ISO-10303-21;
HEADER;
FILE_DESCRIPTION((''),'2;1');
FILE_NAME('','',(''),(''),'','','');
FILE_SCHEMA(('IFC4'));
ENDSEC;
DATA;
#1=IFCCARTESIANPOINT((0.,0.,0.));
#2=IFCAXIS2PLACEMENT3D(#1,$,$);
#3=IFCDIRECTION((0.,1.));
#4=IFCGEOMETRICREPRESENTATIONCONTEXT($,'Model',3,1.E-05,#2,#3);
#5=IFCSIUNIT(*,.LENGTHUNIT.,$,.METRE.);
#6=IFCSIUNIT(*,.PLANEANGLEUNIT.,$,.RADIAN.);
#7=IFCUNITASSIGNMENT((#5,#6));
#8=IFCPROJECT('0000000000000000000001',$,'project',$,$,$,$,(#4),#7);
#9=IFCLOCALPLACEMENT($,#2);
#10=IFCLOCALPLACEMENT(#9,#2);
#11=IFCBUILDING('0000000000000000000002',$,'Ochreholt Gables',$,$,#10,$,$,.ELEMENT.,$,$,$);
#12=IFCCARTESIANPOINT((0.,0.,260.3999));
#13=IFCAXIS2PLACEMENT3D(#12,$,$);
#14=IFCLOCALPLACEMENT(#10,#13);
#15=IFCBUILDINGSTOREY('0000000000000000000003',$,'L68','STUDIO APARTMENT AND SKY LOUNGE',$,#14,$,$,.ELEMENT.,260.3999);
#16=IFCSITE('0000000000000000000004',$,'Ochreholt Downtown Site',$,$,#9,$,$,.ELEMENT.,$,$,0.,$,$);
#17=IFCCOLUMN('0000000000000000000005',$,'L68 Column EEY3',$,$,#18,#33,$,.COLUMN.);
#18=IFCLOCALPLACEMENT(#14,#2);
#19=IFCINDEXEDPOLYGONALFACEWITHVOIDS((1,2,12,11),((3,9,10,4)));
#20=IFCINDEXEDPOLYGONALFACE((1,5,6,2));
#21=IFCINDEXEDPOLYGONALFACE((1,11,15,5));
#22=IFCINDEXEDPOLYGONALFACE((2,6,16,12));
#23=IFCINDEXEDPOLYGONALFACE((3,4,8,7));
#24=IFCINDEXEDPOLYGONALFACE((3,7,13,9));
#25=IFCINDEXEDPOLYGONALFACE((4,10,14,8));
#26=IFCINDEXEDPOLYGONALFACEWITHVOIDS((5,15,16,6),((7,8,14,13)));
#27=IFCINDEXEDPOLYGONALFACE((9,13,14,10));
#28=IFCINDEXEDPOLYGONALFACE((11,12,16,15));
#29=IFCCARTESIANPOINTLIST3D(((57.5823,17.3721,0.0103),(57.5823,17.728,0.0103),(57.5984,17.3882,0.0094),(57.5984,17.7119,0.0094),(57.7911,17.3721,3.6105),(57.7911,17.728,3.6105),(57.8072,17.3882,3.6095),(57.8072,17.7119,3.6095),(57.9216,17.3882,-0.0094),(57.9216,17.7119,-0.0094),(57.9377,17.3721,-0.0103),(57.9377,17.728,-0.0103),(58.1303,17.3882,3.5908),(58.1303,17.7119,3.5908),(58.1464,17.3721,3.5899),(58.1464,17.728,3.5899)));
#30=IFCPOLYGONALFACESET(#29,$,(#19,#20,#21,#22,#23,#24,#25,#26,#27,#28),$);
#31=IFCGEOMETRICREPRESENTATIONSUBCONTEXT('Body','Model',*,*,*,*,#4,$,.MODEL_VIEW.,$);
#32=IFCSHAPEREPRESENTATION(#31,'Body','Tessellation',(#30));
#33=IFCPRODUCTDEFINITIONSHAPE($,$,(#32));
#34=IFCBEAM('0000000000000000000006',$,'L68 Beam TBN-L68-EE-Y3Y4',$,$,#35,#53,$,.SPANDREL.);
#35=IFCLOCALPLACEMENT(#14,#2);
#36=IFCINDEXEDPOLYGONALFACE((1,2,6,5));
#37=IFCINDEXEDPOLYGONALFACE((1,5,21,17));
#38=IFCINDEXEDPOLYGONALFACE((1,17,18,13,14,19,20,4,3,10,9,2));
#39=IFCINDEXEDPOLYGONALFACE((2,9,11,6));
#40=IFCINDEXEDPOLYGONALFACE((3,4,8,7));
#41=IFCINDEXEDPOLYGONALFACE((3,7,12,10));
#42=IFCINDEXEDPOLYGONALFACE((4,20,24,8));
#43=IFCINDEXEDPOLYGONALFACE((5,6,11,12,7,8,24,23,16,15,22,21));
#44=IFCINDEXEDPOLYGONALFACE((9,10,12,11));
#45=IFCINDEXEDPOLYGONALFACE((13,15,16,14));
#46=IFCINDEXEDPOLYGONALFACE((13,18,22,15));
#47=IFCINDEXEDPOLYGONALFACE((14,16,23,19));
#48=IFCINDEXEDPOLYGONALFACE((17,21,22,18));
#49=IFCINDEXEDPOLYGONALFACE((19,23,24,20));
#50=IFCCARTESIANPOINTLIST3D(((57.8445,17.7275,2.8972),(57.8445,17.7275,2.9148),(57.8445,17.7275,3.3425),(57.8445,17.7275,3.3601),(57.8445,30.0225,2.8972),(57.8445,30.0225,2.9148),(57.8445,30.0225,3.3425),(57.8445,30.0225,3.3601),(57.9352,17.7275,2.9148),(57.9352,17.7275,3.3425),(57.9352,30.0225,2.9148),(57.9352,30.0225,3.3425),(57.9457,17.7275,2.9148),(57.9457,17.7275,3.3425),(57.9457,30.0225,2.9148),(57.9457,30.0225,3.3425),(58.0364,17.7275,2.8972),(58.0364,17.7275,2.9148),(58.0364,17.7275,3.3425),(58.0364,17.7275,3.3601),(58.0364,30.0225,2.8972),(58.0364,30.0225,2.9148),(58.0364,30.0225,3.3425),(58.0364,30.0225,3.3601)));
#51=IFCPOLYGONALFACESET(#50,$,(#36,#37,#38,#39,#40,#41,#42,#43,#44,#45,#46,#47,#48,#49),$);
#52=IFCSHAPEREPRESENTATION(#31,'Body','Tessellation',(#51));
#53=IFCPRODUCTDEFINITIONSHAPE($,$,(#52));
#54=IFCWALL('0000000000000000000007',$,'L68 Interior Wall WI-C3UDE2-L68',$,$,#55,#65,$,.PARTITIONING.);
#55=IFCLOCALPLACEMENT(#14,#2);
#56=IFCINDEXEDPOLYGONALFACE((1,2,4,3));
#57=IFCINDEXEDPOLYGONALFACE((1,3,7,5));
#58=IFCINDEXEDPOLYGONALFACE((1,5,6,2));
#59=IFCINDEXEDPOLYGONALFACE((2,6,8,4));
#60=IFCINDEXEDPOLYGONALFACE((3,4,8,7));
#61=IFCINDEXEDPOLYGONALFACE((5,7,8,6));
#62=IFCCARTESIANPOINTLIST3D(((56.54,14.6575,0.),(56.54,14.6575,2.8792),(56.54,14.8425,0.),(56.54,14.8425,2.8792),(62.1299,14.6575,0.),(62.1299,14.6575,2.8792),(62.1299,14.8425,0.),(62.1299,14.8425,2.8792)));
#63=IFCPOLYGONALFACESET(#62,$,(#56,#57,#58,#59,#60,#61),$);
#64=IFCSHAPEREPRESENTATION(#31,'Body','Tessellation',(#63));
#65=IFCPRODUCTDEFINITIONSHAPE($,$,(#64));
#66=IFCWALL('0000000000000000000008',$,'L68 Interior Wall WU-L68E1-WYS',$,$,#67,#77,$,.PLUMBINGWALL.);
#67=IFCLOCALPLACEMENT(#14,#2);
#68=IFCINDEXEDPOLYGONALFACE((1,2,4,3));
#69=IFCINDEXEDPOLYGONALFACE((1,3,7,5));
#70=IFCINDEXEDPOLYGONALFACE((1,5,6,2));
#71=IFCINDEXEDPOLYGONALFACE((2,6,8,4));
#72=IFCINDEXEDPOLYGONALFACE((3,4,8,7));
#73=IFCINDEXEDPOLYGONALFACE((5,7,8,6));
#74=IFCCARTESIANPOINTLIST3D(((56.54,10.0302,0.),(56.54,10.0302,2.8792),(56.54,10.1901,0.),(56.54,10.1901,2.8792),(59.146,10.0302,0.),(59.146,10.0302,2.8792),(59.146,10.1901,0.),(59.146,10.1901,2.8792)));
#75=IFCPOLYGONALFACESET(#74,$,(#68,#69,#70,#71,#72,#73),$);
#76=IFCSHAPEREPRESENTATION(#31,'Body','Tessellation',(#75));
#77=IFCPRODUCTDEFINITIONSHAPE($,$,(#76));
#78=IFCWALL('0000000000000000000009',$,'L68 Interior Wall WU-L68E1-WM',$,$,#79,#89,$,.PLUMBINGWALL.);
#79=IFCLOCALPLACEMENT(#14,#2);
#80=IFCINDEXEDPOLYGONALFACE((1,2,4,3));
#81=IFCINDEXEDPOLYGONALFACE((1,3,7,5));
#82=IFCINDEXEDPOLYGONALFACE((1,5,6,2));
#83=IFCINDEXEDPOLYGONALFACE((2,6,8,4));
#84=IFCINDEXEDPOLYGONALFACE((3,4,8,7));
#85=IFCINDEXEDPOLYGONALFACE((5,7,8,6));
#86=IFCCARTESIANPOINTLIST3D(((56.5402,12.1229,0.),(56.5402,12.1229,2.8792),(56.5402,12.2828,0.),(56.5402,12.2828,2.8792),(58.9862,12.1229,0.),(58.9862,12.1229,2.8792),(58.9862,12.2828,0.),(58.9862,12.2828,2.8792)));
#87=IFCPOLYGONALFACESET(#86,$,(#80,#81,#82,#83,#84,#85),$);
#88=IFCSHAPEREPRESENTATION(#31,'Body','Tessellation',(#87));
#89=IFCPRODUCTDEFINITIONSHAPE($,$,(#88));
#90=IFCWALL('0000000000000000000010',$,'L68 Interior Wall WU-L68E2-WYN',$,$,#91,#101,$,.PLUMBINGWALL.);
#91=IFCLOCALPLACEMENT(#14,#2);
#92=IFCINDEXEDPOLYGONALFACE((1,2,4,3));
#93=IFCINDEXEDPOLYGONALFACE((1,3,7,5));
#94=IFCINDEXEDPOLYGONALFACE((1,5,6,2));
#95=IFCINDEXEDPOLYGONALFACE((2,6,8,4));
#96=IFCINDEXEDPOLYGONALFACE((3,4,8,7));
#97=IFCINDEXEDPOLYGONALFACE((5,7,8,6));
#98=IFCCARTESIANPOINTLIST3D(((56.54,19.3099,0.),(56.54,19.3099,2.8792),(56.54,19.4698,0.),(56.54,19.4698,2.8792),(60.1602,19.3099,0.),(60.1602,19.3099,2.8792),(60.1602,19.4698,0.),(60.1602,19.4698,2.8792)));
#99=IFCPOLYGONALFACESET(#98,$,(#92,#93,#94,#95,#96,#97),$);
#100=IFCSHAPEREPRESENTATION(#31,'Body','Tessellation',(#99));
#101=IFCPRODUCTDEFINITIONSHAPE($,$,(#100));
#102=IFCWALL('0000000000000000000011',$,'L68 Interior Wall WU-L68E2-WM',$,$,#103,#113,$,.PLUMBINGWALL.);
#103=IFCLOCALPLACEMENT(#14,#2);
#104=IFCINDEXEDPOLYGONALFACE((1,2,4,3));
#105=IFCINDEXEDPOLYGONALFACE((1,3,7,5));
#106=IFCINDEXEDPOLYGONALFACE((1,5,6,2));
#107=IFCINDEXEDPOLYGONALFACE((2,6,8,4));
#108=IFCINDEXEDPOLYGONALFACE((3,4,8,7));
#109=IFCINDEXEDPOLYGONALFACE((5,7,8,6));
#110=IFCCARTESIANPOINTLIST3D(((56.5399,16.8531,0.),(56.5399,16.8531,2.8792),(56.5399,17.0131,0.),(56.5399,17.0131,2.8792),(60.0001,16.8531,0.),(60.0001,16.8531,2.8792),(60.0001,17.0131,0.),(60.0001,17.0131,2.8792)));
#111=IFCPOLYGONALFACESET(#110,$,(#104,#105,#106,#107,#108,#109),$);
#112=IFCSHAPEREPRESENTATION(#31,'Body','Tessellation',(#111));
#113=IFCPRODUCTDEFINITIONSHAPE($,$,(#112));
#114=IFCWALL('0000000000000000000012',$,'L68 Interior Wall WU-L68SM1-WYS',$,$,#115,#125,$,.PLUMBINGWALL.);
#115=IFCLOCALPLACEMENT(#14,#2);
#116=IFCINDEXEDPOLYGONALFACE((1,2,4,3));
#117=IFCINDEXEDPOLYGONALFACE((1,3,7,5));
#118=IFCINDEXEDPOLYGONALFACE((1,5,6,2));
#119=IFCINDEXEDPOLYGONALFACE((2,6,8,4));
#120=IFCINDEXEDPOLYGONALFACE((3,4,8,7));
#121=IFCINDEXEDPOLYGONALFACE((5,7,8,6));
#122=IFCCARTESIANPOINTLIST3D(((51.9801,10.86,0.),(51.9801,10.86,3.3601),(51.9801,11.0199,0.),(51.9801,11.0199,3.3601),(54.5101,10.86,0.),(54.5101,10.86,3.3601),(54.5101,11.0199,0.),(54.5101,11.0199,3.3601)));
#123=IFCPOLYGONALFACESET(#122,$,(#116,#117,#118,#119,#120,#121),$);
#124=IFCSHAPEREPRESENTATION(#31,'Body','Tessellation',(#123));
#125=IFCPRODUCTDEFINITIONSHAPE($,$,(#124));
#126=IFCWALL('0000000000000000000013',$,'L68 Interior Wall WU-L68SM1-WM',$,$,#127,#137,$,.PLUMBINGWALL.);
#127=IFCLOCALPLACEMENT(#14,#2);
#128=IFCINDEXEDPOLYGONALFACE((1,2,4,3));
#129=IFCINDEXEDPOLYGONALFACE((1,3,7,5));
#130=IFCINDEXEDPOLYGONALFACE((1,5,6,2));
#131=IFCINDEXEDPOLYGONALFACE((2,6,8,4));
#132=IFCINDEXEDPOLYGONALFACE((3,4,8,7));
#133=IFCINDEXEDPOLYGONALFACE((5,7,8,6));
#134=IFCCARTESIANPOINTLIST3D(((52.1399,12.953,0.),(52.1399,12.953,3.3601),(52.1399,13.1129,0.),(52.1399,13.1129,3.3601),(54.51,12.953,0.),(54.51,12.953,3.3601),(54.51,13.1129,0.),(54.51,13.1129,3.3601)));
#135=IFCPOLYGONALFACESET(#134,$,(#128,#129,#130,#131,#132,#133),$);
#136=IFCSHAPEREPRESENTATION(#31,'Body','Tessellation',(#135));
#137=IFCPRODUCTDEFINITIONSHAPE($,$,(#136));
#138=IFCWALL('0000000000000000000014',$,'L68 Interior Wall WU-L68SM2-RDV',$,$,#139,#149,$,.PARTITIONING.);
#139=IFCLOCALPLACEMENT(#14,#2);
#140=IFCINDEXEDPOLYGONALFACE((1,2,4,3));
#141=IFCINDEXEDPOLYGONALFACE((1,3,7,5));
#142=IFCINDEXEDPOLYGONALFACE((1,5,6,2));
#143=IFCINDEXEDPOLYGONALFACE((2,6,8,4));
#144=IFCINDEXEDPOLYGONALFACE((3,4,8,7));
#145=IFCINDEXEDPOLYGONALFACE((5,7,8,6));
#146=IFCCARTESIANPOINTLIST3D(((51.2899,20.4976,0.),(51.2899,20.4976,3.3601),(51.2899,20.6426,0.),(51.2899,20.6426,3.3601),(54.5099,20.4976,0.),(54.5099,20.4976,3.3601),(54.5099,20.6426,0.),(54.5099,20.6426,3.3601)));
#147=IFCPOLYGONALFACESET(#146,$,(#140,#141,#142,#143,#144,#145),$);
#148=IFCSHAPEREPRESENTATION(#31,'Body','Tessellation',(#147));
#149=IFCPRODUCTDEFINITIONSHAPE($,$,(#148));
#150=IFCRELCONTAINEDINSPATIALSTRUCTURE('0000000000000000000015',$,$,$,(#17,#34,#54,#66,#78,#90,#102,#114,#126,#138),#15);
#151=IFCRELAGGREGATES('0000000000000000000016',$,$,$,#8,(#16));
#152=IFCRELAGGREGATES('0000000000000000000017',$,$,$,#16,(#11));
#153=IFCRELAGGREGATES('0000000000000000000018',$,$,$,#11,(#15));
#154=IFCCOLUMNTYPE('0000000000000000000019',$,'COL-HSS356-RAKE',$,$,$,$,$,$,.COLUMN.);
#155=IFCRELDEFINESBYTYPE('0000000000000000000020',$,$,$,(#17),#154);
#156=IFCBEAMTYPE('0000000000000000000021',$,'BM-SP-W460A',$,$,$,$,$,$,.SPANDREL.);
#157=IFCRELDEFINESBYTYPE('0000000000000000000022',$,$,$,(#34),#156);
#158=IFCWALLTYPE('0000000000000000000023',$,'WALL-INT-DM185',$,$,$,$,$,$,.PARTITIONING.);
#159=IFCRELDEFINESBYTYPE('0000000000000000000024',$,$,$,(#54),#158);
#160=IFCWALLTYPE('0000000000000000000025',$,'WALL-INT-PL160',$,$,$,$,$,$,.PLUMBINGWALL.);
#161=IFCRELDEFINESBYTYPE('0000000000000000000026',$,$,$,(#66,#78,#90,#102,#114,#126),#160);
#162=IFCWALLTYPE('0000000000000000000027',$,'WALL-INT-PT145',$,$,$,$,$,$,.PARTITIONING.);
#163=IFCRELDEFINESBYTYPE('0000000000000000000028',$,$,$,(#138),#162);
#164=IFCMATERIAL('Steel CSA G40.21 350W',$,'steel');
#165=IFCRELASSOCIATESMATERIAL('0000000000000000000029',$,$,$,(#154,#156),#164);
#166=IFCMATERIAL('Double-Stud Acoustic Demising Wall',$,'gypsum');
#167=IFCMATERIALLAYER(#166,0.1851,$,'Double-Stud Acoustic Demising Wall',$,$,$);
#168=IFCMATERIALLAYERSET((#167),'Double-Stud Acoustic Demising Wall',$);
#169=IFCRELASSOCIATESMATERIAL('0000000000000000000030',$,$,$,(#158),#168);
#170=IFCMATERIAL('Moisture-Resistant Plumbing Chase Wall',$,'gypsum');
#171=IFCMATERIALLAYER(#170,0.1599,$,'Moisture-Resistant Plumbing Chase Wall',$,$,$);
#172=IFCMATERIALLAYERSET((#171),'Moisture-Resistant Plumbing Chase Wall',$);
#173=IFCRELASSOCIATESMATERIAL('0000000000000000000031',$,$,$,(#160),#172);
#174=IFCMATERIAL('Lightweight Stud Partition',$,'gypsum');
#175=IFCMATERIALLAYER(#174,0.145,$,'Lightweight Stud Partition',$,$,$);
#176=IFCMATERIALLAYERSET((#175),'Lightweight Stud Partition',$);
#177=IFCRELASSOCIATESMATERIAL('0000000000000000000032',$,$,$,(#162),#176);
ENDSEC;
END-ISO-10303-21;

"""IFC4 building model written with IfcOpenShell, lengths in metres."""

from ifc_helpers import new_model, si_unit, direction, frame, frame_2d, origin, origin_2d, place, context, subcontext, project, spatial, rectangle, hollow_rectangle, i_section, extrude, material, layer, layer_set, material_profile, profile_set, type_object, element, save


model = new_model("IFC4")

# Units and contexts
model_context = context("Model", 3, precision=1e-05, world=origin(), true_north=direction((0.0, 1.0)))
body_context = subcontext(model_context, "Body", "Model", "MODEL_VIEW")
ifc_project = project(units=[si_unit("LENGTHUNIT", "METRE"), si_unit("PLANEANGLEUNIT", "RADIAN")], contexts=[model_context])

# Site, building, storey
site_placement = place(None, origin())
site = spatial("IfcSite", under=ifc_project, at=site_placement, Name="Ochreholt Downtown Site", CompositionType="ELEMENT", RefElevation=0.0)
building_placement = place(site_placement, origin())
building = spatial("IfcBuilding", under=site, at=building_placement, Name="Ochreholt Gables", CompositionType="ELEMENT")
storey_placement = place(building_placement, frame((0.0, 0.0, 260.3999)))
storey = spatial("IfcBuildingStorey", under=building, at=storey_placement, Name="L68", Description="STUDIO APARTMENT AND SKY LOUNGE", CompositionType="ELEMENT", Elevation=260.3999)

# Column
ifc_material_1 = material(Name="Steel CSA G40.21 350W", Category="steel")
ifc_material_profile_1 = material_profile(ifc_material_1, hollow_rectangle(XDim=0.356, YDim=0.356, WallThickness=0.0161, at=origin_2d()), Name="HSS356X356X16")
ifc_profile_set_1 = profile_set([ifc_material_profile_1], Name="Steel CSA G40.21 350W")
column_type = type_object("IfcColumnType", Name="COL-HSS356-RAKE", PredefinedType="COLUMN", material=ifc_profile_set_1)
column_placement = place(storey_placement, frame((57.76, 17.55, 0.0), z_axis=(0.057885, 0.0, 0.998323), x_axis=(0.0, 1.0, 0.0)))
element("IfcColumn", 1, at=column_placement, inside=storey, type_object=column_type, Name="L68 Column EEY3", PredefinedType="COLUMN", context=body_context, shape_type="SweptSolid", body=[
    extrude(hollow_rectangle(XDim=0.356, YDim=0.356, WallThickness=0.0161, at=origin_2d()), origin(), (0.0, 0.0, 1.0), 3.6062),
])

# Beam
ifc_material_profile_2 = material_profile(ifc_material_1, i_section(OverallWidth=0.1919, OverallDepth=0.4629, WebThickness=0.0105, FlangeThickness=0.0176, at=origin_2d()), Name="W460X89")
ifc_profile_set_2 = profile_set([ifc_material_profile_2], Name="Steel CSA G40.21 350W")
beam_type = type_object("IfcBeamType", Name="BM-SP-W460A", PredefinedType="SPANDREL", material=ifc_profile_set_2)
beam_placement = place(storey_placement, frame((57.9404, 17.7275, 3.1287), z_axis=(0.0, 1.0, 0.0), x_axis=(-1.0, 0.0, 0.0)))
element("IfcBeam", 2, at=beam_placement, inside=storey, type_object=beam_type, Name="L68 Beam TBN-L68-EE-Y3Y4", PredefinedType="SPANDREL", context=body_context, shape_type="SweptSolid", body=[
    extrude(i_section(OverallWidth=0.1919, OverallDepth=0.4629, WebThickness=0.0105, FlangeThickness=0.0176, at=origin_2d()), origin(), (0.0, 0.0, 1.0), 12.2949),
])

# Walls
ifc_material_2 = material(Name="Double-Stud Acoustic Demising Wall", Category="gypsum")
ifc_layer_1 = layer(ifc_material_2, 0.1851, Name="Double-Stud Acoustic Demising Wall")
ifc_layer_set_1 = layer_set([ifc_layer_1], Name="Double-Stud Acoustic Demising Wall")
wall_type_1 = type_object("IfcWallType", Name="WALL-INT-DM185", PredefinedType="PARTITIONING", material=ifc_layer_set_1)
wall_1_placement = place(storey_placement, frame((56.54, 14.75, 0.0), z_axis=(0.0, 0.0, 1.0), x_axis=(1.0, 0.0, 0.0)))
element("IfcWall", 3, at=wall_1_placement, inside=storey, type_object=wall_type_1, Name="L68 Interior Wall WI-C3UDE2-L68", PredefinedType="PARTITIONING", context=body_context, shape_type="SweptSolid", body=[
    extrude(rectangle(XDim=5.5898, YDim=0.1851, at=frame_2d((2.7949, 0.0))), origin(), (0.0, 0.0, 1.0), 2.8792),
])
ifc_material_3 = material(Name="Moisture-Resistant Plumbing Chase Wall", Category="gypsum")
ifc_layer_2 = layer(ifc_material_3, 0.1599, Name="Moisture-Resistant Plumbing Chase Wall")
ifc_layer_set_2 = layer_set([ifc_layer_2], Name="Moisture-Resistant Plumbing Chase Wall")
wall_type_2 = type_object("IfcWallType", Name="WALL-INT-PL160", PredefinedType="PLUMBINGWALL", material=ifc_layer_set_2)
wall_2_placement = place(storey_placement, frame((56.54, 10.1101, 0.0), z_axis=(0.0, 0.0, 1.0), x_axis=(1.0, 0.0, 0.0)))
element("IfcWall", 4, at=wall_2_placement, inside=storey, type_object=wall_type_2, Name="L68 Interior Wall WU-L68E1-WYS", PredefinedType="PLUMBINGWALL", context=body_context, shape_type="SweptSolid", body=[
    extrude(rectangle(XDim=2.606, YDim=0.1599, at=frame_2d((1.303, 0.0))), origin(), (0.0, 0.0, 1.0), 2.8792),
])
wall_3_placement = place(storey_placement, frame((56.54, 12.2029, 0.0), z_axis=(0.0, 0.0, 1.0), x_axis=(1.0, 0.0, 0.0)))
element("IfcWall", 5, at=wall_3_placement, inside=storey, type_object=wall_type_2, Name="L68 Interior Wall WU-L68E1-WM", PredefinedType="PLUMBINGWALL", context=body_context, shape_type="SweptSolid", body=[
    extrude(rectangle(XDim=2.446, YDim=0.1599, at=frame_2d((1.2231, 0.0))), origin(), (0.0, 0.0, 1.0), 2.8792),
])
wall_4_placement = place(storey_placement, frame((56.54, 19.3899, 0.0), z_axis=(0.0, 0.0, 1.0), x_axis=(1.0, 0.0, 0.0)))
element("IfcWall", 6, at=wall_4_placement, inside=storey, type_object=wall_type_2, Name="L68 Interior Wall WU-L68E2-WYN", PredefinedType="PLUMBINGWALL", context=body_context, shape_type="SweptSolid", body=[
    extrude(rectangle(XDim=3.6201, YDim=0.1599, at=frame_2d((1.8101, 0.0))), origin(), (0.0, 0.0, 1.0), 2.8792),
])

# Walls
wall_5_placement = place(storey_placement, frame((56.54, 16.9331, 0.0), z_axis=(0.0, 0.0, 1.0), x_axis=(1.0, 0.0, 0.0)))
element("IfcWall", 7, at=wall_5_placement, inside=storey, type_object=wall_type_2, Name="L68 Interior Wall WU-L68E2-WM", PredefinedType="PLUMBINGWALL", context=body_context, shape_type="SweptSolid", body=[
    extrude(rectangle(XDim=3.4602, YDim=0.1599, at=frame_2d((1.73, 0.0))), origin(), (0.0, 0.0, 1.0), 2.8792),
])
wall_6_placement = place(storey_placement, frame((51.98, 10.9399, 0.0), z_axis=(0.0, 0.0, 1.0), x_axis=(1.0, 0.0, 0.0)))
element("IfcWall", 8, at=wall_6_placement, inside=storey, type_object=wall_type_2, Name="L68 Interior Wall WU-L68SM1-WYS", PredefinedType="PLUMBINGWALL", context=body_context, shape_type="SweptSolid", body=[
    extrude(rectangle(XDim=2.53, YDim=0.1599, at=frame_2d((1.2651, 0.0))), origin(), (0.0, 0.0, 1.0), 3.3601),
])

# Walls
wall_7_placement = place(storey_placement, frame((52.1399, 13.033, 0.0), z_axis=(0.0, 0.0, 1.0), x_axis=(1.0, 0.0, 0.0)))
element("IfcWall", 9, at=wall_7_placement, inside=storey, type_object=wall_type_2, Name="L68 Interior Wall WU-L68SM1-WM", PredefinedType="PLUMBINGWALL", context=body_context, shape_type="SweptSolid", body=[
    extrude(rectangle(XDim=2.3701, YDim=0.1599, at=frame_2d((1.1851, 0.0))), origin(), (0.0, 0.0, 1.0), 3.3601),
])
ifc_material_4 = material(Name="Lightweight Stud Partition", Category="gypsum")
ifc_layer_3 = layer(ifc_material_4, 0.145, Name="Lightweight Stud Partition")
ifc_layer_set_3 = layer_set([ifc_layer_3], Name="Lightweight Stud Partition")
wall_type_3 = type_object("IfcWallType", Name="WALL-INT-PT145", PredefinedType="PARTITIONING", material=ifc_layer_set_3)
wall_8_placement = place(storey_placement, frame((51.29, 20.5701, 0.0), z_axis=(0.0, 0.0, 1.0), x_axis=(1.0, 0.0, 0.0)))
element("IfcWall", 10, at=wall_8_placement, inside=storey, type_object=wall_type_3, Name="L68 Interior Wall WU-L68SM2-RDV", PredefinedType="PARTITIONING", context=body_context, shape_type="SweptSolid", body=[
    extrude(rectangle(XDim=3.22, YDim=0.145, at=frame_2d((1.6099, 0.0))), origin(), (0.0, 0.0, 1.0), 3.3601),
])

save(model, "model.ifc")
